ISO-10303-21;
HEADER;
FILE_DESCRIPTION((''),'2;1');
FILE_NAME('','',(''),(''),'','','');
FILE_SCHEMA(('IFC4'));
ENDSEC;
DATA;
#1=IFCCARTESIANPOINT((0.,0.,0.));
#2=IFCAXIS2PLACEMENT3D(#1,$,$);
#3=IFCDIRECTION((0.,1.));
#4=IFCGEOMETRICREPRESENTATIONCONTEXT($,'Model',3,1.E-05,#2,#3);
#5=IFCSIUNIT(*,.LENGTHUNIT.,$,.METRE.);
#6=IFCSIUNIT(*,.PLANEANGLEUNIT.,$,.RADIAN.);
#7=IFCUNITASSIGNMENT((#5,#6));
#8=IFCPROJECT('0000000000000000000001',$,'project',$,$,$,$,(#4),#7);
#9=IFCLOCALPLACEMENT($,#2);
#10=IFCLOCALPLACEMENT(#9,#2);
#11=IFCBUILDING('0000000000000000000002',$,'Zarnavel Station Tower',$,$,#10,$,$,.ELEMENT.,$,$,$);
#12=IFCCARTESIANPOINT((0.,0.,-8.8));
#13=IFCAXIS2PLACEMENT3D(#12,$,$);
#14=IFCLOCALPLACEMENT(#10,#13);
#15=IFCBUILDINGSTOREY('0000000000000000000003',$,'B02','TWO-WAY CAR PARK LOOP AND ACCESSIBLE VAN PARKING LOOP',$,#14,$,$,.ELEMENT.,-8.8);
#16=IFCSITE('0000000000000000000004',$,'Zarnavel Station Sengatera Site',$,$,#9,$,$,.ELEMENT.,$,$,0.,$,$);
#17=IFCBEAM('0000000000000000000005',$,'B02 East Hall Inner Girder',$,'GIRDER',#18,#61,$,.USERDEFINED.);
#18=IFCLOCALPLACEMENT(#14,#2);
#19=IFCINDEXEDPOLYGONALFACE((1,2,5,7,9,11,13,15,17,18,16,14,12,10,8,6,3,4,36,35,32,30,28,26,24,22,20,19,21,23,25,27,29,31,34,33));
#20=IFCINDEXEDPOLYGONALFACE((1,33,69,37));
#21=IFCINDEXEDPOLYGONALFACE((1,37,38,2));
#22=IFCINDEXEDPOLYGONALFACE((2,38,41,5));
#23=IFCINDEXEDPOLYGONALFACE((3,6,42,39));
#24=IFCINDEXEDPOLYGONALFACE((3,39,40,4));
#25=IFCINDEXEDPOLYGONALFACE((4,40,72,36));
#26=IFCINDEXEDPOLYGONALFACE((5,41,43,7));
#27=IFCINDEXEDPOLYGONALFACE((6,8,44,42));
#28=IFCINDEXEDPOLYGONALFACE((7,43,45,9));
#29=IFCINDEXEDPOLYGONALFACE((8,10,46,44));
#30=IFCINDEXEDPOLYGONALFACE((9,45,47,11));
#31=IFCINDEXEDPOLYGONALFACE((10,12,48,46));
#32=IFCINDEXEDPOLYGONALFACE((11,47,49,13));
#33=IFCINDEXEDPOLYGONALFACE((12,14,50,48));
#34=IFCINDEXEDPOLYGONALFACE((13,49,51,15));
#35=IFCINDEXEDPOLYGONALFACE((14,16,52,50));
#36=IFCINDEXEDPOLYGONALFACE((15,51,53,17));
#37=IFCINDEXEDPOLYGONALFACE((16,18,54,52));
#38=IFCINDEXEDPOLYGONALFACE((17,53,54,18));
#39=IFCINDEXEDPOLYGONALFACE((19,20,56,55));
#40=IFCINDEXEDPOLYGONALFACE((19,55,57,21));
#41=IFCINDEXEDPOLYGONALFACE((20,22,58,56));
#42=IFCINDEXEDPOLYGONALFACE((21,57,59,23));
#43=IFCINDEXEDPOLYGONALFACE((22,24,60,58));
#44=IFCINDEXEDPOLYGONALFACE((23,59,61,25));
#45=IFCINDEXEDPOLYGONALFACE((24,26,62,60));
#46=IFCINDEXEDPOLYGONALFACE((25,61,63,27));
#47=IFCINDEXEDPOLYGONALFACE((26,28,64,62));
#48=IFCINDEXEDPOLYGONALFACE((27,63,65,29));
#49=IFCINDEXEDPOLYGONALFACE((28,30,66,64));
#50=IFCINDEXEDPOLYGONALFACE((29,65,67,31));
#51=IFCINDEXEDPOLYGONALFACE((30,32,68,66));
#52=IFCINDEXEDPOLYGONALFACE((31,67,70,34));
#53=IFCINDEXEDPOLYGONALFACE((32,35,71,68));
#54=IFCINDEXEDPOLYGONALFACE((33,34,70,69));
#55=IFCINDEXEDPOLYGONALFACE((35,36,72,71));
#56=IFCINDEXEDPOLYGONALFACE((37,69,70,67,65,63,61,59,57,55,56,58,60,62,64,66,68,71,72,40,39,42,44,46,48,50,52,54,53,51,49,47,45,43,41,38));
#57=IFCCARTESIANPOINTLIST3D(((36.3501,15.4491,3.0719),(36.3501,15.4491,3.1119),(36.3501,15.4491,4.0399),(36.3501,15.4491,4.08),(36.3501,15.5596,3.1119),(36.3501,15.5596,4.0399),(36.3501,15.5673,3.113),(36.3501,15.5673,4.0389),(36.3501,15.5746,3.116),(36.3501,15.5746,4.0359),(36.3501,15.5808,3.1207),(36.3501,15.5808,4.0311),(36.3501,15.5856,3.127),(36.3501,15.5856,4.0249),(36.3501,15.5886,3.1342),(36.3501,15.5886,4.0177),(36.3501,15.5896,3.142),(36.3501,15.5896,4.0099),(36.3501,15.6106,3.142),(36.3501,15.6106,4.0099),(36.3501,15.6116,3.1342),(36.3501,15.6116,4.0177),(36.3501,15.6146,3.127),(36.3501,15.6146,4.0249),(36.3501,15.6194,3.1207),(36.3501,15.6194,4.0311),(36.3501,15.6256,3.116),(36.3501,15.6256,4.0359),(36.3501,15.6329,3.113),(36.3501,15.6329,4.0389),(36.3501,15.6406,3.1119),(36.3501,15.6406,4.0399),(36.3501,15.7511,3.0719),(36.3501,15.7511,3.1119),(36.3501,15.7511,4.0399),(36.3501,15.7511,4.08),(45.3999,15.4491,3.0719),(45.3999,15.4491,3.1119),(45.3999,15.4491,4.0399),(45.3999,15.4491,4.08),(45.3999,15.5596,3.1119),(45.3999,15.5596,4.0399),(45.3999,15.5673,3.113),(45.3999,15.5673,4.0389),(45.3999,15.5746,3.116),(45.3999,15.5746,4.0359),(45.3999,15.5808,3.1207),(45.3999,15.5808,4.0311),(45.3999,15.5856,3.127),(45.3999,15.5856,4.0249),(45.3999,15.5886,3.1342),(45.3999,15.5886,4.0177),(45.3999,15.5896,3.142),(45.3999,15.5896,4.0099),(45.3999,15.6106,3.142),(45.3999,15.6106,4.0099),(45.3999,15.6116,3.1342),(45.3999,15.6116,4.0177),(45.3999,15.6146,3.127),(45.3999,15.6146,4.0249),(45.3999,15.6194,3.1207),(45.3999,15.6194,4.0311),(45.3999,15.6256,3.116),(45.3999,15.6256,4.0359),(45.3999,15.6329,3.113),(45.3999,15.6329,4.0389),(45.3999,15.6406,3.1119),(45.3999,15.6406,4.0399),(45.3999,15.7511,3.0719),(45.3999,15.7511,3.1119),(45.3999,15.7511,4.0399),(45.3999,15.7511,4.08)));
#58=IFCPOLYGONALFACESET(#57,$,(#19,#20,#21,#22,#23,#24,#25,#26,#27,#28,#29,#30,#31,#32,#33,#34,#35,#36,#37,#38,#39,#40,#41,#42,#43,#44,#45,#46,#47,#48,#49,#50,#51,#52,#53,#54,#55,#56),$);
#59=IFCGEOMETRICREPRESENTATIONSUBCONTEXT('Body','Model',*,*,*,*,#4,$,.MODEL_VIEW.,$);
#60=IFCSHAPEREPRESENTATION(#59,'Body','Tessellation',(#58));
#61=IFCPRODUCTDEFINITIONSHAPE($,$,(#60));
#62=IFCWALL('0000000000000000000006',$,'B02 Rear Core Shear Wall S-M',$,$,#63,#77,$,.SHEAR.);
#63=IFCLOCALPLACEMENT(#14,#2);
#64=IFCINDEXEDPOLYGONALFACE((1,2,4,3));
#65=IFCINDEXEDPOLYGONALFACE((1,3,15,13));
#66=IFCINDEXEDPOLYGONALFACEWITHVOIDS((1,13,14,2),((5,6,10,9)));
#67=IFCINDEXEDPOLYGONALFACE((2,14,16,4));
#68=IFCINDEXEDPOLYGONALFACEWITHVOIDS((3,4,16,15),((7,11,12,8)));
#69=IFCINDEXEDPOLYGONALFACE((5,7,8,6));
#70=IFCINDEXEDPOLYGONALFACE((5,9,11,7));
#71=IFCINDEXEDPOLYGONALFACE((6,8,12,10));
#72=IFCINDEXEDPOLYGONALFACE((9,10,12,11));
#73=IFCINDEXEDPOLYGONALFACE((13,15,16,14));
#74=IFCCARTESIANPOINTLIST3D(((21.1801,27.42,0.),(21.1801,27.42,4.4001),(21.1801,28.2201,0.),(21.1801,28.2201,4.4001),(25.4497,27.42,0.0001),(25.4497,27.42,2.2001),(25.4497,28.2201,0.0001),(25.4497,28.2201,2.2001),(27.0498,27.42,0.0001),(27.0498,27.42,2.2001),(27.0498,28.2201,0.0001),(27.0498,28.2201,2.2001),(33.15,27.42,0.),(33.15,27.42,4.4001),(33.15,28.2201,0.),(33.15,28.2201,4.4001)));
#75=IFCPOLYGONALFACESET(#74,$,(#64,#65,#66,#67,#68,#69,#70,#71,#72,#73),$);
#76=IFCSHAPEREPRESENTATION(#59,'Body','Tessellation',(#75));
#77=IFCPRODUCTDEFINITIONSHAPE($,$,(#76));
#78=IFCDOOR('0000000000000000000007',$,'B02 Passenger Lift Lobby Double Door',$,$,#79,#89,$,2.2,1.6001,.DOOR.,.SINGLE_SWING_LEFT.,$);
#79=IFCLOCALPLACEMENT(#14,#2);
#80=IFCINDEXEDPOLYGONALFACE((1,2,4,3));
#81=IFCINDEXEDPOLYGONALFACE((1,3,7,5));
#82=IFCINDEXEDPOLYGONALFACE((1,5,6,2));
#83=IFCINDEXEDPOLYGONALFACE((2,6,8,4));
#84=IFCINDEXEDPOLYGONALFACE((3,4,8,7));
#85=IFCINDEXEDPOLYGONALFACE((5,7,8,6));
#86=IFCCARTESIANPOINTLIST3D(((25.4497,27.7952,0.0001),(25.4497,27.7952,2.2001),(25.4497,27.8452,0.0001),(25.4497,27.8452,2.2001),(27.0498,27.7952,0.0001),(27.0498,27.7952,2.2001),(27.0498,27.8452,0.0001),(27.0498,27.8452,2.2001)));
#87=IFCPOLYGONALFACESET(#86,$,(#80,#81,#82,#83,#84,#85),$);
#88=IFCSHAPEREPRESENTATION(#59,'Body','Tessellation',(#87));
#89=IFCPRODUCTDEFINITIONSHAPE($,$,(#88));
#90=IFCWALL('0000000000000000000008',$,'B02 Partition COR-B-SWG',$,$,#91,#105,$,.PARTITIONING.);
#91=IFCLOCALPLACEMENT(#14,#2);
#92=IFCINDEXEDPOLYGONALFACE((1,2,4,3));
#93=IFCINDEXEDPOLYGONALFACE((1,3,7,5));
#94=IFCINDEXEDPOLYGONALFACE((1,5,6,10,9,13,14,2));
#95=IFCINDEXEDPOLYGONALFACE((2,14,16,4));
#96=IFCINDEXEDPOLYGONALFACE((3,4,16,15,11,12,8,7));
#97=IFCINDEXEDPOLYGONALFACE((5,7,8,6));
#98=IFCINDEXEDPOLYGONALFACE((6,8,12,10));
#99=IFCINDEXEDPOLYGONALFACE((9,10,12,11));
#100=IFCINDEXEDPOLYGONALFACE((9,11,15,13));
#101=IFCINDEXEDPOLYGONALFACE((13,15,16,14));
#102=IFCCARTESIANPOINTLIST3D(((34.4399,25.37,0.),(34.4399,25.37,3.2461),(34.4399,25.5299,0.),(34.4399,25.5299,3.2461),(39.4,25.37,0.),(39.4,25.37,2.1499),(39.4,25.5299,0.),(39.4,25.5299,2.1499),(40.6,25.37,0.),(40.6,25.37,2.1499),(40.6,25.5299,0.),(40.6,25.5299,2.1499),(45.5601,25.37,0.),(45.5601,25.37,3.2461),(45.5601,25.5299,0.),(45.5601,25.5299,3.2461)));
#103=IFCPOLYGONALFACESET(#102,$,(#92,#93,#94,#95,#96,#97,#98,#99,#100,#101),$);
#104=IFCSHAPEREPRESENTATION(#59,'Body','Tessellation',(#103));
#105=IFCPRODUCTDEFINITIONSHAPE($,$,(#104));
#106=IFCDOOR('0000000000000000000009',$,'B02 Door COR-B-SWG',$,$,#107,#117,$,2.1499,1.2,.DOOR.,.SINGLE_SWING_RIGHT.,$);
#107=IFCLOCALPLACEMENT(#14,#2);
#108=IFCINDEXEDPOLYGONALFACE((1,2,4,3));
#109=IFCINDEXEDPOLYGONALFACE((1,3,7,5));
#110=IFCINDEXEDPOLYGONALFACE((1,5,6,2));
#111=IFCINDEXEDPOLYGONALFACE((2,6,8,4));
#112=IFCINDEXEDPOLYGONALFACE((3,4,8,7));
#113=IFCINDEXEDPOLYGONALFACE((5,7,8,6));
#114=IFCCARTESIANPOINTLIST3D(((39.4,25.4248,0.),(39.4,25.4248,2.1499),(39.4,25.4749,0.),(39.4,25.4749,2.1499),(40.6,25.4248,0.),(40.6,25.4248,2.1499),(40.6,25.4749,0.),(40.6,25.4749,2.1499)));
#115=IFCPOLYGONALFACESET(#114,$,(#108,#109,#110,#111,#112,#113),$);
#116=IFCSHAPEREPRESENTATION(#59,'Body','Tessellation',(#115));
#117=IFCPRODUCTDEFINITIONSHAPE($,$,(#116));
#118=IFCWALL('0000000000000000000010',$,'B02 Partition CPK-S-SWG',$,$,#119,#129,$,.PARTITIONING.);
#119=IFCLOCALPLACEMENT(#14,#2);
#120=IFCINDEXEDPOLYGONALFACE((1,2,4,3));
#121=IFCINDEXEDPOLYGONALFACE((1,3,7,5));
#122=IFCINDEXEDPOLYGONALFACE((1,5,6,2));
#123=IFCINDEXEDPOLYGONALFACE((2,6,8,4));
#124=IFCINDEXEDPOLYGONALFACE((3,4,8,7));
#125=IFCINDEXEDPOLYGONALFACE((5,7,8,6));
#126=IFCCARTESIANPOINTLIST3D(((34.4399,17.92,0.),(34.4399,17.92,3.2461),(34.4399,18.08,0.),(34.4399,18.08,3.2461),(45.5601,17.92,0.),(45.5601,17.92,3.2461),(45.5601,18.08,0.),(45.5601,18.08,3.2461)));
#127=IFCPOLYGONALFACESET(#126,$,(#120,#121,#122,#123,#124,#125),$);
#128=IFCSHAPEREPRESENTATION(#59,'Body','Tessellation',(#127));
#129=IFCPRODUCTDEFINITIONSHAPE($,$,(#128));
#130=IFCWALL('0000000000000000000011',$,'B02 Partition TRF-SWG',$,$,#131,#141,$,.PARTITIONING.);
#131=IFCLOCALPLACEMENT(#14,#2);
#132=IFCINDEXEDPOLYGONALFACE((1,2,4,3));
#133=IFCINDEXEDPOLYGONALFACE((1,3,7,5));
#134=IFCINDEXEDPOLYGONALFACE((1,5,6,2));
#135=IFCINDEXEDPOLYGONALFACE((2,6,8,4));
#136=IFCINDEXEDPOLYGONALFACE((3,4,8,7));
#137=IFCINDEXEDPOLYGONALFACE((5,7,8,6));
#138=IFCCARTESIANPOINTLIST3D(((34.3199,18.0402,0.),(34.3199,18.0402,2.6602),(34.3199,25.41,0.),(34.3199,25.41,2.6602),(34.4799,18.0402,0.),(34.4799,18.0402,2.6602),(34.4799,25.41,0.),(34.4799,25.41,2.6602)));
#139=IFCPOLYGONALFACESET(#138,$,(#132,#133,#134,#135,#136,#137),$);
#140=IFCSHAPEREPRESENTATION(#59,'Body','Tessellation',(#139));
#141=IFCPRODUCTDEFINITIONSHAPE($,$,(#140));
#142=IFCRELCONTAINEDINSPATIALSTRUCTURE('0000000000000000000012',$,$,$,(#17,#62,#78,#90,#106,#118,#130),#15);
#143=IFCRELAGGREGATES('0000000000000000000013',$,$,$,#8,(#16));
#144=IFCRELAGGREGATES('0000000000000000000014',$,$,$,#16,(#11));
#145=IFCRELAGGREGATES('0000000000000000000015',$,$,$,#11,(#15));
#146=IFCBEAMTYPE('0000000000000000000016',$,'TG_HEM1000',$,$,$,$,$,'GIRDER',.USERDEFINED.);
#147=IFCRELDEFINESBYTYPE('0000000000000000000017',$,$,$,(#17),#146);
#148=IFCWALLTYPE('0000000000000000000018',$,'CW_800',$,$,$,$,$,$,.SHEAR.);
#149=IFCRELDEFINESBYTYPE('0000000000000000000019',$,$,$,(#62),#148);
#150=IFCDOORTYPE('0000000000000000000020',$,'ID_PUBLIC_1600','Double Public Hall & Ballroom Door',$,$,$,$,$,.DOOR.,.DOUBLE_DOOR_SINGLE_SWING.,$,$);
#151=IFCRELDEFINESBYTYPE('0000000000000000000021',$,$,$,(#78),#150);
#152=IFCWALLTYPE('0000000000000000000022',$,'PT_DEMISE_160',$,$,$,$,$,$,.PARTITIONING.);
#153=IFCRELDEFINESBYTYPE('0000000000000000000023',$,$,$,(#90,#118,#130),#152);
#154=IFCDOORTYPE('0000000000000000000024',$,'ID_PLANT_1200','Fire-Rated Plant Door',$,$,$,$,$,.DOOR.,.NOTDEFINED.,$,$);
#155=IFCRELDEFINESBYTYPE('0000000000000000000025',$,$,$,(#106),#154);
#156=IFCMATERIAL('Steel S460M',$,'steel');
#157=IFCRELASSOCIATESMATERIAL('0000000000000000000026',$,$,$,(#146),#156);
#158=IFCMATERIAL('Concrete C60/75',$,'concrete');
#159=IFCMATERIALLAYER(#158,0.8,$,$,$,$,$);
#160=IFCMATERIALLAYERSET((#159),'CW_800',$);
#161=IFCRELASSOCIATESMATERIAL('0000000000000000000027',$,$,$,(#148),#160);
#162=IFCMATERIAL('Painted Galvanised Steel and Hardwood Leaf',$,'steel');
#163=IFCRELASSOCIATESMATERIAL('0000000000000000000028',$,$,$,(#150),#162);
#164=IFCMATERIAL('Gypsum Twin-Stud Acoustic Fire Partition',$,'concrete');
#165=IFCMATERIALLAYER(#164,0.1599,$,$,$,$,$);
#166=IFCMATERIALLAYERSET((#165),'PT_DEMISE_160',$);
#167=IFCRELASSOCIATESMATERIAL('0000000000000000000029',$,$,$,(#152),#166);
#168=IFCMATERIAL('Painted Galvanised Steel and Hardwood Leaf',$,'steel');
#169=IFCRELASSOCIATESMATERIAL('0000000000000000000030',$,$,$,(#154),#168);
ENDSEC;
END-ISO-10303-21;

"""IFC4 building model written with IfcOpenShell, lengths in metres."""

from ifc_helpers import new_model, si_unit, direction, frame, frame_2d, origin, origin_2d, place, context, subcontext, project, spatial, rectangle, i_section, extrude, material, layer, layer_set, material_profile, profile_set, type_object, element, fill, save


model = new_model("IFC4")

# Units and contexts
model_context = context("Model", 3, precision=1e-05, world=origin(), true_north=direction((0.0, 1.0)))
body_context = subcontext(model_context, "Body", "Model", "MODEL_VIEW")
ifc_project = project(units=[si_unit("LENGTHUNIT", "METRE"), si_unit("PLANEANGLEUNIT", "RADIAN")], contexts=[model_context])

# Site, building, storey
site_placement = place(None, origin())
site = spatial("IfcSite", under=ifc_project, at=site_placement, Name="Zarnavel Station Sengatera Site", CompositionType="ELEMENT", RefElevation=0.0)
building_placement = place(site_placement, origin())
building = spatial("IfcBuilding", under=site, at=building_placement, Name="Zarnavel Station Tower", CompositionType="ELEMENT")
storey_placement = place(building_placement, frame((0.0, 0.0, -8.8)))
storey = spatial("IfcBuildingStorey", under=building, at=storey_placement, Name="B02", Description="TWO-WAY CAR PARK LOOP AND ACCESSIBLE VAN PARKING LOOP", CompositionType="ELEMENT", Elevation=-8.8)

# Beam
ifc_material_1 = material(Name="Steel S460M", Category="steel")
ifc_material_profile_1 = material_profile(ifc_material_1, i_section(OverallWidth=0.302, OverallDepth=1.0081, WebThickness=0.021, FlangeThickness=0.04, FilletRadius=0.03, at=origin_2d()), Name="HEM1000")
ifc_profile_set_1 = profile_set([ifc_material_profile_1], Name="Steel S460M")
beam_type_1 = type_object("IfcBeamType", Name="TG_HEM1000", ElementType="GIRDER", PredefinedType="USERDEFINED", material=ifc_profile_set_1)
beam_1_placement = place(storey_placement, frame((36.3501, 15.6001, 3.5759), z_axis=(1.0, 0.0, 0.0), x_axis=(0.0, 1.0, 0.0)))
element("IfcBeam", 1, at=beam_1_placement, inside=storey, type_object=beam_type_1, Name="B02 East Hall Inner Girder", ObjectType="GIRDER", PredefinedType="USERDEFINED", context=body_context, shape_type="SweptSolid", body=[
    extrude(i_section(OverallWidth=0.302, OverallDepth=1.0081, WebThickness=0.021, FlangeThickness=0.04, FilletRadius=0.03, at=origin_2d()), origin(), (0.0, 0.0, 1.0), 9.0498),
])

# Walls, openings, doors
ifc_material_2 = material(Name="Concrete C60/75", Category="concrete")
ifc_layer_1 = layer(ifc_material_2, 0.8)
ifc_layer_set_1 = layer_set([ifc_layer_1], Name="CW_800")
wall_type_1 = type_object("IfcWallType", Name="CW_800", PredefinedType="SHEAR", material=ifc_layer_set_1)
wall_1_placement = place(storey_placement, frame((33.1499, 27.8201, 0.0), z_axis=(0.0, 0.0, 1.0), x_axis=(-1.0, 0.0, 0.0)))
wall_1 = element("IfcWall", 2, at=wall_1_placement, inside=storey, type_object=wall_type_1, Name="B02 Rear Core Shear Wall S-M", PredefinedType="SHEAR", context=body_context, shape_type="SweptSolid", body=[
    extrude(rectangle(XDim=11.97, YDim=0.8, at=frame_2d((5.9849, 0.0))), origin(), (0.0, 0.0, 1.0), 4.4001),
])
opening_1_placement = place(wall_1_placement, frame((6.1001, 0.0, 0.0)))
opening_1 = element("IfcOpeningElement", 3, at=opening_1_placement, cuts=wall_1, PredefinedType="OPENING", context=body_context, shape_type="SweptSolid", body=[
    extrude(rectangle(XDim=1.6001, YDim=2.2, at=frame_2d((0.8, 1.1001))), frame((0.0, 0.4099, 0.0), z_axis=(0.0, -1.0, 0.0), x_axis=(1.0, 0.0, 0.0)), (0.0, 0.0, 1.0), 0.8201),
])
ifc_material_3 = material(Name="Painted Galvanised Steel and Hardwood Leaf", Category="steel")
door_type_1 = type_object("IfcDoorType", Name="ID_PUBLIC_1600", Description="Double Public Hall & Ballroom Door", OperationType="DOUBLE_DOOR_SINGLE_SWING", PredefinedType="DOOR", material=ifc_material_3)
door_1_placement = place(opening_1_placement, origin())
door_1 = element("IfcDoor", 4, at=door_1_placement, inside=storey, type_object=door_type_1, Name="B02 Passenger Lift Lobby Double Door", OperationType="SINGLE_SWING_LEFT", OverallHeight=2.2, OverallWidth=1.6001, PredefinedType="DOOR", context=body_context, shape_type="SweptSolid", body=[
    extrude(rectangle(XDim=1.6001, YDim=2.2, at=frame_2d((0.8, 1.1001))), frame((0.0, 0.0249, 0.0), z_axis=(0.0, -1.0, 0.0), x_axis=(1.0, 0.0, 0.0)), (0.0, 0.0, 1.0), 0.05),
])
fill(opening_1, door_1)
ifc_material_4 = material(Name="Gypsum Twin-Stud Acoustic Fire Partition", Category="concrete")
ifc_layer_2 = layer(ifc_material_4, 0.1599)
ifc_layer_set_2 = layer_set([ifc_layer_2], Name="PT_DEMISE_160")
wall_type_2 = type_object("IfcWallType", Name="PT_DEMISE_160", PredefinedType="PARTITIONING", material=ifc_layer_set_2)
wall_2_placement = place(storey_placement, frame((34.4399, 25.45, 0.0), z_axis=(0.0, 0.0, 1.0), x_axis=(1.0, 0.0, 0.0)))
wall_2 = element("IfcWall", 5, at=wall_2_placement, inside=storey, type_object=wall_type_2, Name="B02 Partition COR-B-SWG", PredefinedType="PARTITIONING", context=body_context, shape_type="SweptSolid", body=[
    extrude(rectangle(XDim=11.1201, YDim=0.1599, at=frame_2d((5.5601, 0.0))), origin(), (0.0, 0.0, 1.0), 3.2461),
])
opening_2_placement = place(wall_2_placement, frame((4.96, 0.0, 0.0)))
opening_2 = element("IfcOpeningElement", 6, at=opening_2_placement, cuts=wall_2, PredefinedType="OPENING", context=body_context, shape_type="SweptSolid", body=[
    extrude(rectangle(XDim=1.2, YDim=2.1499, at=frame_2d((0.6001, 1.075))), frame((0.0, 0.0898, 0.0), z_axis=(0.0, -1.0, 0.0), x_axis=(1.0, 0.0, 0.0)), (0.0, 0.0, 1.0), 0.1799),
])
ifc_material_5 = material(Name="Painted Galvanised Steel and Hardwood Leaf", Category="steel")
door_type_2 = type_object("IfcDoorType", Name="ID_PLANT_1200", Description="Fire-Rated Plant Door", OperationType="NOTDEFINED", PredefinedType="DOOR", material=ifc_material_5)
door_2_placement = place(opening_2_placement, origin())
door_2 = element("IfcDoor", 7, at=door_2_placement, inside=storey, type_object=door_type_2, Name="B02 Door COR-B-SWG", OperationType="SINGLE_SWING_RIGHT", OverallHeight=2.1499, OverallWidth=1.2, PredefinedType="DOOR", context=body_context, shape_type="SweptSolid", body=[
    extrude(rectangle(XDim=1.2, YDim=2.1499, at=frame_2d((0.6001, 1.075))), frame((0.0, 0.0249, 0.0), z_axis=(0.0, -1.0, 0.0), x_axis=(1.0, 0.0, 0.0)), (0.0, 0.0, 1.0), 0.05),
])
fill(opening_2, door_2)

# Walls
wall_3_placement = place(storey_placement, frame((34.4399, 18.0, 0.0), z_axis=(0.0, 0.0, 1.0), x_axis=(1.0, 0.0, 0.0)))
element("IfcWall", 8, at=wall_3_placement, inside=storey, type_object=wall_type_2, Name="B02 Partition CPK-S-SWG", PredefinedType="PARTITIONING", context=body_context, shape_type="SweptSolid", body=[
    extrude(rectangle(XDim=11.1201, YDim=0.1599, at=frame_2d((5.5601, 0.0))), origin(), (0.0, 0.0, 1.0), 3.2461),
])
wall_4_placement = place(storey_placement, frame((34.3999, 18.04, 0.0), z_axis=(0.0, 0.0, 1.0), x_axis=(0.0, 1.0, 0.0)))
element("IfcWall", 9, at=wall_4_placement, inside=storey, type_object=wall_type_2, Name="B02 Partition TRF-SWG", PredefinedType="PARTITIONING", context=body_context, shape_type="SweptSolid", body=[
    extrude(rectangle(XDim=7.3699, YDim=0.1599, at=frame_2d((3.6851, 0.0))), origin(), (0.0, 0.0, 1.0), 2.6602),
])

save(model, "model.ifc")
